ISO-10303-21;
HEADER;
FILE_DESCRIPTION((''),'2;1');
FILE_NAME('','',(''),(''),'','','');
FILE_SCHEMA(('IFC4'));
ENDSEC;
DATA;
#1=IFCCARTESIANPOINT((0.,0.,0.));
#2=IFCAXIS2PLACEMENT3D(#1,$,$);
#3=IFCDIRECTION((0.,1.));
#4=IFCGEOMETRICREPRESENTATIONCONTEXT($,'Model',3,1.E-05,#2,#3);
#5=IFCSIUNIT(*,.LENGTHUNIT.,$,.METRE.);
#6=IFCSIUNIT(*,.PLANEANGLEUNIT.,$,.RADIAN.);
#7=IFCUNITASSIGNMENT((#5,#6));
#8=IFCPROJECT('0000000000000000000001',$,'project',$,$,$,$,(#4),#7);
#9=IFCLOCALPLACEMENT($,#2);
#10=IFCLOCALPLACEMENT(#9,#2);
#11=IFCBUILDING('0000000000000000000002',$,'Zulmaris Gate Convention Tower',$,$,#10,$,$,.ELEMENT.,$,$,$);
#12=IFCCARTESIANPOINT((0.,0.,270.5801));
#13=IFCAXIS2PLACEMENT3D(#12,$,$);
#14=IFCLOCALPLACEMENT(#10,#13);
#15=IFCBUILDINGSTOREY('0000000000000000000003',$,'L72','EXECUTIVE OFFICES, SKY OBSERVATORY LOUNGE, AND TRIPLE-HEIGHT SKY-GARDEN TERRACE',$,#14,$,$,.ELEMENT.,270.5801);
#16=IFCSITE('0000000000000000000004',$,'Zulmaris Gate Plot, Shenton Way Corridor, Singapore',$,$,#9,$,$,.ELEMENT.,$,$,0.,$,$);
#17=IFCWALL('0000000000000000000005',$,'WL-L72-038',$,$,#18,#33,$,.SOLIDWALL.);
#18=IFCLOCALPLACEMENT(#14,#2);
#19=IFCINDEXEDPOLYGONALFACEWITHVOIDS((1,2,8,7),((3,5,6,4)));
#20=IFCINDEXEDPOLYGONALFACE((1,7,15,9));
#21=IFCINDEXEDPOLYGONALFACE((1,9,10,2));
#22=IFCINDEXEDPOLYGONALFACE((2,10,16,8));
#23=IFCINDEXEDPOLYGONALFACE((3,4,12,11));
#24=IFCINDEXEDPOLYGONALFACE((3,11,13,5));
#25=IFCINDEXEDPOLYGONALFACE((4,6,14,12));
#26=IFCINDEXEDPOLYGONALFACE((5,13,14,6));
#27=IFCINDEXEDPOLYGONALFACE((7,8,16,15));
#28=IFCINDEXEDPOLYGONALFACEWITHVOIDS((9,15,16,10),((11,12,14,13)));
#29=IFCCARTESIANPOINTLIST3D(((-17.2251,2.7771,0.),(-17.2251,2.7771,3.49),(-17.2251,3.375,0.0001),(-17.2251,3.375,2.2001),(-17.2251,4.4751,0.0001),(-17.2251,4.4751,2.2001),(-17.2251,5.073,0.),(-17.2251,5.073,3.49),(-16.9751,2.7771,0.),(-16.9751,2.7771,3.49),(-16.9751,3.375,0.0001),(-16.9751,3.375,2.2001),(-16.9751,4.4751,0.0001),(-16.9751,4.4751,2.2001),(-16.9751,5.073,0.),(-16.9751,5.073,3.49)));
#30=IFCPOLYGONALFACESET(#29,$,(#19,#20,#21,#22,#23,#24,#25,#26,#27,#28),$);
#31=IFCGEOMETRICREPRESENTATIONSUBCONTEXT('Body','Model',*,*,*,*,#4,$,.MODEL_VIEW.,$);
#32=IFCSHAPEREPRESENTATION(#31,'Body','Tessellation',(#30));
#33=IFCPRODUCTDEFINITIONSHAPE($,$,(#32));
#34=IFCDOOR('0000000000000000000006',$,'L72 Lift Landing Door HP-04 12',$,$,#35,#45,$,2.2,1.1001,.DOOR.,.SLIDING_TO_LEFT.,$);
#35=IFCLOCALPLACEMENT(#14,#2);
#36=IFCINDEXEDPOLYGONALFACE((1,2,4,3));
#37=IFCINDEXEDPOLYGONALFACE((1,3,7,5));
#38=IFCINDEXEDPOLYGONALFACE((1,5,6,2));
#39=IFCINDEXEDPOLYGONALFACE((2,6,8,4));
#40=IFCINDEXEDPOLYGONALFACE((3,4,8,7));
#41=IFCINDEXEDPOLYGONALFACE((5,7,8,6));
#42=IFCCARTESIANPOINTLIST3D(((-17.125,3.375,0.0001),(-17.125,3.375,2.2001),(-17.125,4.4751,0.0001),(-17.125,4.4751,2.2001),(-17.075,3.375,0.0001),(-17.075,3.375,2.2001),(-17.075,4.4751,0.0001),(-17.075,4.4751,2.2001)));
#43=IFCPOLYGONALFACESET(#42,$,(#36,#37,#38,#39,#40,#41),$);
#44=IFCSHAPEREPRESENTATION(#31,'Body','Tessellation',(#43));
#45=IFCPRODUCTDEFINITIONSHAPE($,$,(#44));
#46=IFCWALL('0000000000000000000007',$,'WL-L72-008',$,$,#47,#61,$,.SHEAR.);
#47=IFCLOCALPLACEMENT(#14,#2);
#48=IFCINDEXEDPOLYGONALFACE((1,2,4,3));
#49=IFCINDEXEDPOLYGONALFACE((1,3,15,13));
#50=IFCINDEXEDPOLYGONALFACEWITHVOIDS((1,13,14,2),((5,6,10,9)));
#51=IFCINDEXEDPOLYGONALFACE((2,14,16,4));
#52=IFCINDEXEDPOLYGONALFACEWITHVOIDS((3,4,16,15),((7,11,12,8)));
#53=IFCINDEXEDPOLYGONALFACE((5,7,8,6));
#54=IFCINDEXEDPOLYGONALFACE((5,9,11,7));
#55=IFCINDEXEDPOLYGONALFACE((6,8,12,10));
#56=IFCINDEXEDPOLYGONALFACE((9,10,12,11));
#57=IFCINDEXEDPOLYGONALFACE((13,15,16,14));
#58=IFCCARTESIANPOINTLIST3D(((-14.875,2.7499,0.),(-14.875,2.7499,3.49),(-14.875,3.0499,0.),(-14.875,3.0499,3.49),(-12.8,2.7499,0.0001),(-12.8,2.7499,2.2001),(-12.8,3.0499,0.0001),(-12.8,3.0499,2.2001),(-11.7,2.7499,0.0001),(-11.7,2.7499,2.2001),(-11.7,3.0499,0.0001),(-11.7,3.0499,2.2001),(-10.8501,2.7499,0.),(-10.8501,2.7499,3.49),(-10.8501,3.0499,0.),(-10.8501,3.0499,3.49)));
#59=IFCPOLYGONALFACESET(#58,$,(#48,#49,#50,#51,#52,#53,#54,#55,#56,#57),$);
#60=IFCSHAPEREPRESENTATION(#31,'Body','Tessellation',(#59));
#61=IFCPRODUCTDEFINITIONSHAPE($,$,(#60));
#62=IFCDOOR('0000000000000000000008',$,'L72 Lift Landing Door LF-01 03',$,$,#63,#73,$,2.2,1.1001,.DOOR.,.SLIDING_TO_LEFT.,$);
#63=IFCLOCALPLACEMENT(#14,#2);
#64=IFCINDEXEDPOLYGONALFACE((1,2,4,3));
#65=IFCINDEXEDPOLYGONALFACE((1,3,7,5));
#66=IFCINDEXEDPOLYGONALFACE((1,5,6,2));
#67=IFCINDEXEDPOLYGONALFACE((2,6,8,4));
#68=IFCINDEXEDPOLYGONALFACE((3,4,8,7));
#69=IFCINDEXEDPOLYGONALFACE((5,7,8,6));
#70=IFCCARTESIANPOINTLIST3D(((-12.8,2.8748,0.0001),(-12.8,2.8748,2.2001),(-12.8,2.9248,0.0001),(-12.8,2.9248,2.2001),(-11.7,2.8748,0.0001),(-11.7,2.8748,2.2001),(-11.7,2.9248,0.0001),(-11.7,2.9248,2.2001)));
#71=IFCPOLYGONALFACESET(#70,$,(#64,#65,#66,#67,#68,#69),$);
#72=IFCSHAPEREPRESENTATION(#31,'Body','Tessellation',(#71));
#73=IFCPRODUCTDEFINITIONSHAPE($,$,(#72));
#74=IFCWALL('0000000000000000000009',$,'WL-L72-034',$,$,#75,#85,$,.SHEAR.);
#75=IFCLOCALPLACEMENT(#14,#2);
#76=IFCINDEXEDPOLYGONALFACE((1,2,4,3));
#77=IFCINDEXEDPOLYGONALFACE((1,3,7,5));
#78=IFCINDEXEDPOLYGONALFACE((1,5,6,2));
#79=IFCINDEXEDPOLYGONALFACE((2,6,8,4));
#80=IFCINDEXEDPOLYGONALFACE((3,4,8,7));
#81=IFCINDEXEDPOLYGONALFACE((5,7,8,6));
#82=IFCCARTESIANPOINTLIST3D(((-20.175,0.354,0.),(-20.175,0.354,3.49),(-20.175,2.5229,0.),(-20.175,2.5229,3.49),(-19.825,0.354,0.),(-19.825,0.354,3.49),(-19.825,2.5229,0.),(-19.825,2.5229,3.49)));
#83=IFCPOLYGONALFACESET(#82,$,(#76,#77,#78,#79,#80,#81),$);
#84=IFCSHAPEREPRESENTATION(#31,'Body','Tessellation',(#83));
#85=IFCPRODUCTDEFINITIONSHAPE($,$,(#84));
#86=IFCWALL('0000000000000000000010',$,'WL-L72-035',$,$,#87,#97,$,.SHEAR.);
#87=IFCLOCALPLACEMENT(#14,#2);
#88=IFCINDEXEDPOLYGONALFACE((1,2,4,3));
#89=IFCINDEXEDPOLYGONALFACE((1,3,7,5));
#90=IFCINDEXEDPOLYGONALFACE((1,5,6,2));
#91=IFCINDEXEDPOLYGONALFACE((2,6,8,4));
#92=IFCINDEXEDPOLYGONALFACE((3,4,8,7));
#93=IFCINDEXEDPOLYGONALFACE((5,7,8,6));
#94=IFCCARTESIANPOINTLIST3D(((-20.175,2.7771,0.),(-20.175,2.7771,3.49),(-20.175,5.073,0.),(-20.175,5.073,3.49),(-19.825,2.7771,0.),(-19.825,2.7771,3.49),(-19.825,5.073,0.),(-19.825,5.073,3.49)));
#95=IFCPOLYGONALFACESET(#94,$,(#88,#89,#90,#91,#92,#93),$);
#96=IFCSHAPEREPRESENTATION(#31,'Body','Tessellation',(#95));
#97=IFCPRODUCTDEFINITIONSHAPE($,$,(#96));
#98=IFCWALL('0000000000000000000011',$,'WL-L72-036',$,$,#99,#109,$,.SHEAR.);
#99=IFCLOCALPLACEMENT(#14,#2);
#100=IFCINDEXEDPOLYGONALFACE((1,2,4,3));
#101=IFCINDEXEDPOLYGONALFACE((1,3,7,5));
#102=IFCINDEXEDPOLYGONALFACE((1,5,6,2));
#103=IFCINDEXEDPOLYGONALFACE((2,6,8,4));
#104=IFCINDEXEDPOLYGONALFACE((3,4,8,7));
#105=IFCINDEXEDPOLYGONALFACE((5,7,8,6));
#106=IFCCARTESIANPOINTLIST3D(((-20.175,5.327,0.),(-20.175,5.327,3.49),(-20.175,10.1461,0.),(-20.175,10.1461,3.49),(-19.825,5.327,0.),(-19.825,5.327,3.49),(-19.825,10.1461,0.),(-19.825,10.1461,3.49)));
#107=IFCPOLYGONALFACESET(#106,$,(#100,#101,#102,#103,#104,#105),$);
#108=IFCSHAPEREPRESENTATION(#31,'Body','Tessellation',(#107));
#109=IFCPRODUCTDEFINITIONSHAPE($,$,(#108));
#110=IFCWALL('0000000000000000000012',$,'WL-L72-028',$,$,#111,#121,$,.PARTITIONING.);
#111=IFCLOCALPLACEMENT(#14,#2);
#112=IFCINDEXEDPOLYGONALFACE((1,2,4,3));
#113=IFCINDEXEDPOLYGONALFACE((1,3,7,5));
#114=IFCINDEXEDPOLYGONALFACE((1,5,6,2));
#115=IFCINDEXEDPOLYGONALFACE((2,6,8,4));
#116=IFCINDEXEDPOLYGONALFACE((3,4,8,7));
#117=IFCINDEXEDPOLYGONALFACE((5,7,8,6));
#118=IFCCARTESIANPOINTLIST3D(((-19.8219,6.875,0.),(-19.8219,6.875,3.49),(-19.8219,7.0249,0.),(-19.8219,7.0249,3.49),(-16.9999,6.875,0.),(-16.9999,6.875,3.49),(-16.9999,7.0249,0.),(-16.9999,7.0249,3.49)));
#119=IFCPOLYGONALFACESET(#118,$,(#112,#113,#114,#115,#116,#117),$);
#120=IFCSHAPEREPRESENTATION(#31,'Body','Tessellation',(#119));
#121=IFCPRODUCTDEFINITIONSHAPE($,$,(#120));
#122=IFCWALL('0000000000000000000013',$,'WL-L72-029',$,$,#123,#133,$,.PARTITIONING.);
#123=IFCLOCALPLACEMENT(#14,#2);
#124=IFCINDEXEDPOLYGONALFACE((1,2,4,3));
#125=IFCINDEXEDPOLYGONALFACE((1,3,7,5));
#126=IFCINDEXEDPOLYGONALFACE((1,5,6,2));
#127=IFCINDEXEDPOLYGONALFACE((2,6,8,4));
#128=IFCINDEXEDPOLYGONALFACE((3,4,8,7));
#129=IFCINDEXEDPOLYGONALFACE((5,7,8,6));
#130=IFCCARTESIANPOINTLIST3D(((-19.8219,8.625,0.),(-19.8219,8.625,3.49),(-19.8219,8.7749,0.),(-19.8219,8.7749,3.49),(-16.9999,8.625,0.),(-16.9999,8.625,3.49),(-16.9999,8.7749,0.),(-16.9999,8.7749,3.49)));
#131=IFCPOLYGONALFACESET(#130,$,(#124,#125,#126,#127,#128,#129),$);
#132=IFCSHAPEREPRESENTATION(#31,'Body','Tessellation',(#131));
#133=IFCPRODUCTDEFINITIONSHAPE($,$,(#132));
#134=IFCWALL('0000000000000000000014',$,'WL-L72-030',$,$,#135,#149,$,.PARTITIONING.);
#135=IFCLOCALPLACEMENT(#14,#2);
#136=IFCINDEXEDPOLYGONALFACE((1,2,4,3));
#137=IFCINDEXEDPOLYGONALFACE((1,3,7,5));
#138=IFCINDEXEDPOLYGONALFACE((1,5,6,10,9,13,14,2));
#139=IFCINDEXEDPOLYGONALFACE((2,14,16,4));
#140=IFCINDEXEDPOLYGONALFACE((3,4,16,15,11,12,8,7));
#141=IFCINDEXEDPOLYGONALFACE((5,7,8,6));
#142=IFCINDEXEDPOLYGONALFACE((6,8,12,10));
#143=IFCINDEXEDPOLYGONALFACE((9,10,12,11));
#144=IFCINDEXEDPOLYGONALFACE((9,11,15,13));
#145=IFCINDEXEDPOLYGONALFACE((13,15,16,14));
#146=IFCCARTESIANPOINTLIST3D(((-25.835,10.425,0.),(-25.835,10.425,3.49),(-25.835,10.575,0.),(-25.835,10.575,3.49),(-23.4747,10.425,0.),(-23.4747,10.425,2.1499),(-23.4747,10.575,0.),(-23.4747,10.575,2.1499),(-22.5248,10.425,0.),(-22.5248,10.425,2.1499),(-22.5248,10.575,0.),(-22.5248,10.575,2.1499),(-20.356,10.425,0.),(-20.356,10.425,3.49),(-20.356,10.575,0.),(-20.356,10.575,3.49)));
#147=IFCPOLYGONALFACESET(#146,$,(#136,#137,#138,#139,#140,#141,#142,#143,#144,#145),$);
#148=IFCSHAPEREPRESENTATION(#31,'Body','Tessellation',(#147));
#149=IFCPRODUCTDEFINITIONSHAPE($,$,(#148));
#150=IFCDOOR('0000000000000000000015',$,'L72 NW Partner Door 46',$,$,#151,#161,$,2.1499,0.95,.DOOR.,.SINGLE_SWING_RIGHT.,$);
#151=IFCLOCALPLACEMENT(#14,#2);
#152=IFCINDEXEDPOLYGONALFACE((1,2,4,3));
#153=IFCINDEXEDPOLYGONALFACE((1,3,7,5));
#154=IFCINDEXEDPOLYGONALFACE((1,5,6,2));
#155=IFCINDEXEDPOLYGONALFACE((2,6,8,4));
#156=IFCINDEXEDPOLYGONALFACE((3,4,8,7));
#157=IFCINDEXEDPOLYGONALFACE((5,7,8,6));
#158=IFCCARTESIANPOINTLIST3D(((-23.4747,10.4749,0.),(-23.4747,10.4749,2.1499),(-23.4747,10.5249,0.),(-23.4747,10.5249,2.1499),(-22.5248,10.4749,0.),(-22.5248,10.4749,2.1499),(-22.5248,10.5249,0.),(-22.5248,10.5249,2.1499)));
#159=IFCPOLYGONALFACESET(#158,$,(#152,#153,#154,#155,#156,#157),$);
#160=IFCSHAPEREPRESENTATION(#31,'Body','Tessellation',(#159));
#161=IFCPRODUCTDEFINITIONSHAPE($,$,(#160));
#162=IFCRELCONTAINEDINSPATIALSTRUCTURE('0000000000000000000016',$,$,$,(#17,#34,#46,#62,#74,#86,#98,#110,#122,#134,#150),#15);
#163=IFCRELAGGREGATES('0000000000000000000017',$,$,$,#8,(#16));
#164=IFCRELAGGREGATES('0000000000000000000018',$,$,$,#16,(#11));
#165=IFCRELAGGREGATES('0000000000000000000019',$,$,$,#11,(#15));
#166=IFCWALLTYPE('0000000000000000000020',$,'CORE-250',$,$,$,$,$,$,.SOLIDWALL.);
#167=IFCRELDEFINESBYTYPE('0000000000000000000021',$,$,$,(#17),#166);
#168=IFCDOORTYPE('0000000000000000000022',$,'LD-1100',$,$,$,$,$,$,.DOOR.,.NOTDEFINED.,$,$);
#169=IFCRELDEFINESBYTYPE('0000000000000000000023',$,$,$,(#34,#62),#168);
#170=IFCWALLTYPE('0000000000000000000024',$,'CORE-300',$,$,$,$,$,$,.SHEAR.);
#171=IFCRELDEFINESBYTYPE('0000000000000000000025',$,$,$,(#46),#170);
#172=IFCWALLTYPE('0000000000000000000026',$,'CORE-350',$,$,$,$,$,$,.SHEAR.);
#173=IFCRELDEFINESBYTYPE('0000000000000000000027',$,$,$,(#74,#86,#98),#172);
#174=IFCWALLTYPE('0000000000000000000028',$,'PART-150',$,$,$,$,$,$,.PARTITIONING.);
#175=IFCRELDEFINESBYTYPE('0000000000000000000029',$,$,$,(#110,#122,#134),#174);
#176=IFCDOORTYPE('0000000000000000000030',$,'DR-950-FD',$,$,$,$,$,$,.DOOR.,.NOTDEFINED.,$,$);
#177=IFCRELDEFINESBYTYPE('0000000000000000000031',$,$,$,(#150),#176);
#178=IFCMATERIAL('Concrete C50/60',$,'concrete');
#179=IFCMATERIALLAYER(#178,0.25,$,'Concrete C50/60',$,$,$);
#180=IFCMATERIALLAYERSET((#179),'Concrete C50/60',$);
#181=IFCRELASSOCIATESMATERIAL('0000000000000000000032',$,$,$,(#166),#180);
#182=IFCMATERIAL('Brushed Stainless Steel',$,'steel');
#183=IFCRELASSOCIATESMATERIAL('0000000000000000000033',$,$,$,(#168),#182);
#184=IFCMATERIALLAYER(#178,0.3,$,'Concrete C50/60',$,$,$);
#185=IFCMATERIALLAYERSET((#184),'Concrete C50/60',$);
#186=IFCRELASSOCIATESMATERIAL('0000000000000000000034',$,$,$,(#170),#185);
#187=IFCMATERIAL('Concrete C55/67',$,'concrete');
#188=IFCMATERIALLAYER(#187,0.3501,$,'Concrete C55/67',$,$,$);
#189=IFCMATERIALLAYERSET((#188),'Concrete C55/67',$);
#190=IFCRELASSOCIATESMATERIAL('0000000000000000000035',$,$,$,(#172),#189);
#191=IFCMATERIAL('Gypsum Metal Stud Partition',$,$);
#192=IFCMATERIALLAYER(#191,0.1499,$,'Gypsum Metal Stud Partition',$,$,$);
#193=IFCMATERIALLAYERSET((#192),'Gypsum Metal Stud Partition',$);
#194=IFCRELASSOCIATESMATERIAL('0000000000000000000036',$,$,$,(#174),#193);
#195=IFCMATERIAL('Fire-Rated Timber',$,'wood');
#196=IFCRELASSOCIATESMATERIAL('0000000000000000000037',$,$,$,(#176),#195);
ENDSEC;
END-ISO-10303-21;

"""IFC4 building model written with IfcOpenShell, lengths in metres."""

from ifc_helpers import new_model, si_unit, direction, frame, frame_2d, origin, place, context, subcontext, project, spatial, rectangle, extrude, material, layer, layer_set, type_object, element, fill, save


model = new_model("IFC4")

# Units and contexts
model_context = context("Model", 3, precision=1e-05, world=origin(), true_north=direction((0.0, 1.0)))
body_context = subcontext(model_context, "Body", "Model", "MODEL_VIEW")
ifc_project = project(units=[si_unit("LENGTHUNIT", "METRE"), si_unit("PLANEANGLEUNIT", "RADIAN")], contexts=[model_context])

# Site, building, storey
site_placement = place(None, origin())
site = spatial("IfcSite", under=ifc_project, at=site_placement, Name="Zulmaris Gate Plot, Shenton Way Corridor, Singapore", CompositionType="ELEMENT", RefElevation=0.0)
building_placement = place(site_placement, origin())
building = spatial("IfcBuilding", under=site, at=building_placement, Name="Zulmaris Gate Convention Tower", CompositionType="ELEMENT")
storey_placement = place(building_placement, frame((0.0, 0.0, 270.5801)))
storey = spatial("IfcBuildingStorey", under=building, at=storey_placement, Name="L72", Description="EXECUTIVE OFFICES, SKY OBSERVATORY LOUNGE, AND TRIPLE-HEIGHT SKY-GARDEN TERRACE", CompositionType="ELEMENT", Elevation=270.5801)

# Shared definitions
ifc_material_1 = material(Name="Concrete C50/60", Category="concrete")
ifc_layer_1 = layer(ifc_material_1, 0.25, Name="Concrete C50/60")
ifc_layer_set_1 = layer_set([ifc_layer_1], Name="Concrete C50/60")
wall_type_1 = type_object("IfcWallType", Name="CORE-250", PredefinedType="SOLIDWALL", material=ifc_layer_set_1)

# Walls, openings, doors
wall_1_placement = place(storey_placement, frame((-17.1001, 2.7771, 0.0), z_axis=(0.0, 0.0, 1.0), x_axis=(0.0, 1.0, 0.0)))
wall_1 = element("IfcWall", 1, at=wall_1_placement, inside=storey, type_object=wall_type_1, Name="WL-L72-038", PredefinedType="SOLIDWALL", context=body_context, shape_type="SweptSolid", body=[
    extrude(rectangle(XDim=2.2959, YDim=0.25, at=frame_2d((1.1479, 0.0))), origin(), (0.0, 0.0, 1.0), 3.49),
])
opening_1_placement = place(wall_1_placement, frame((0.5979, 0.0, 0.0)))
opening_1 = element("IfcOpeningElement", 2, at=opening_1_placement, cuts=wall_1, PredefinedType="OPENING", context=body_context, shape_type="SweptSolid", body=[
    extrude(rectangle(XDim=1.1001, YDim=2.2, at=frame_2d((0.55, 1.1001))), frame((0.0, 0.135, 0.0), z_axis=(0.0, -1.0, 0.0), x_axis=(1.0, 0.0, 0.0)), (0.0, 0.0, 1.0), 0.27),
])
ifc_material_2 = material(Name="Brushed Stainless Steel", Category="steel")
door_type_1 = type_object("IfcDoorType", Name="LD-1100", OperationType="NOTDEFINED", PredefinedType="DOOR", material=ifc_material_2)
door_1_placement = place(opening_1_placement, origin())
door_1 = element("IfcDoor", 3, at=door_1_placement, inside=storey, type_object=door_type_1, Name="L72 Lift Landing Door HP-04 12", OperationType="SLIDING_TO_LEFT", OverallHeight=2.2, OverallWidth=1.1001, PredefinedType="DOOR", context=body_context, shape_type="SweptSolid", body=[
    extrude(rectangle(XDim=1.1001, YDim=2.2, at=frame_2d((0.55, 1.1001))), frame((0.0, 0.0249, 0.0), z_axis=(0.0, -1.0, 0.0), x_axis=(1.0, 0.0, 0.0)), (0.0, 0.0, 1.0), 0.05),
])
fill(opening_1, door_1)
ifc_layer_2 = layer(ifc_material_1, 0.3, Name="Concrete C50/60")
ifc_layer_set_2 = layer_set([ifc_layer_2], Name="Concrete C50/60")
wall_type_2 = type_object("IfcWallType", Name="CORE-300", PredefinedType="SHEAR", material=ifc_layer_set_2)
wall_2_placement = place(storey_placement, frame((-14.875, 2.8999, 0.0), z_axis=(0.0, 0.0, 1.0), x_axis=(1.0, 0.0, 0.0)))
wall_2 = element("IfcWall", 4, at=wall_2_placement, inside=storey, type_object=wall_type_2, Name="WL-L72-008", PredefinedType="SHEAR", context=body_context, shape_type="SweptSolid", body=[
    extrude(rectangle(XDim=4.0249, YDim=0.3, at=frame_2d((2.0125, 0.0))), origin(), (0.0, 0.0, 1.0), 3.49),
])
opening_2_placement = place(wall_2_placement, frame((2.075, 0.0, 0.0)))
opening_2 = element("IfcOpeningElement", 5, at=opening_2_placement, cuts=wall_2, PredefinedType="OPENING", context=body_context, shape_type="SweptSolid", body=[
    extrude(rectangle(XDim=1.1001, YDim=2.2, at=frame_2d((0.55, 1.1001))), frame((0.0, 0.1602, 0.0), z_axis=(0.0, -1.0, 0.0), x_axis=(1.0, 0.0, 0.0)), (0.0, 0.0, 1.0), 0.3201),
])
door_2_placement = place(opening_2_placement, origin())
door_2 = element("IfcDoor", 6, at=door_2_placement, inside=storey, type_object=door_type_1, Name="L72 Lift Landing Door LF-01 03", OperationType="SLIDING_TO_LEFT", OverallHeight=2.2, OverallWidth=1.1001, PredefinedType="DOOR", context=body_context, shape_type="SweptSolid", body=[
    extrude(rectangle(XDim=1.1001, YDim=2.2, at=frame_2d((0.55, 1.1001))), frame((0.0, 0.0249, 0.0), z_axis=(0.0, -1.0, 0.0), x_axis=(1.0, 0.0, 0.0)), (0.0, 0.0, 1.0), 0.05),
])
fill(opening_2, door_2)

# Walls
ifc_material_3 = material(Name="Concrete C55/67", Category="concrete")
ifc_layer_3 = layer(ifc_material_3, 0.3501, Name="Concrete C55/67")
ifc_layer_set_3 = layer_set([ifc_layer_3], Name="Concrete C55/67")
wall_type_3 = type_object("IfcWallType", Name="CORE-350", PredefinedType="SHEAR", material=ifc_layer_set_3)
wall_3_placement = place(storey_placement, frame((-20.0, 0.354, 0.0), z_axis=(0.0, 0.0, 1.0), x_axis=(0.0, 1.0, 0.0)))
element("IfcWall", 7, at=wall_3_placement, inside=storey, type_object=wall_type_3, Name="WL-L72-034", PredefinedType="SHEAR", context=body_context, shape_type="SweptSolid", body=[
    extrude(rectangle(XDim=2.1689, YDim=0.3501, at=frame_2d((1.0845, 0.0))), origin(), (0.0, 0.0, 1.0), 3.49),
])
wall_4_placement = place(storey_placement, frame((-20.0, 2.7771, 0.0), z_axis=(0.0, 0.0, 1.0), x_axis=(0.0, 1.0, 0.0)))
element("IfcWall", 8, at=wall_4_placement, inside=storey, type_object=wall_type_3, Name="WL-L72-035", PredefinedType="SHEAR", context=body_context, shape_type="SweptSolid", body=[
    extrude(rectangle(XDim=2.2959, YDim=0.3501, at=frame_2d((1.1479, 0.0))), origin(), (0.0, 0.0, 1.0), 3.49),
])
wall_5_placement = place(storey_placement, frame((-20.0, 5.3269, 0.0), z_axis=(0.0, 0.0, 1.0), x_axis=(0.0, 1.0, 0.0)))
element("IfcWall", 9, at=wall_5_placement, inside=storey, type_object=wall_type_3, Name="WL-L72-036", PredefinedType="SHEAR", context=body_context, shape_type="SweptSolid", body=[
    extrude(rectangle(XDim=4.8191, YDim=0.3501, at=frame_2d((2.4097, 0.0))), origin(), (0.0, 0.0, 1.0), 3.49),
])
ifc_material_4 = material(Name="Gypsum Metal Stud Partition")
ifc_layer_4 = layer(ifc_material_4, 0.1499, Name="Gypsum Metal Stud Partition")
ifc_layer_set_4 = layer_set([ifc_layer_4], Name="Gypsum Metal Stud Partition")
wall_type_4 = type_object("IfcWallType", Name="PART-150", PredefinedType="PARTITIONING", material=ifc_layer_set_4)
for number, where, z_axis, x_axis, name in (
    (10, (-19.822, 6.95, 0.0), (0.0, 0.0, 1.0), (1.0, 0.0, 0.0), "WL-L72-028"),
    (11, (-19.822, 8.7, 0.0), (0.0, 0.0, 1.0), (1.0, 0.0, 0.0), "WL-L72-029"),
):
    element("IfcWall", number, at=place(storey_placement, frame(where, z_axis=z_axis, x_axis=x_axis)), inside=storey, type_object=wall_type_4, Name=name, PredefinedType="PARTITIONING", context=body_context, shape_type="SweptSolid", body=[
        extrude(rectangle(XDim=2.822, YDim=0.1499, at=frame_2d((1.4111, 0.0))), origin(), (0.0, 0.0, 1.0), 3.49),
    ])

# Wall, opening, door
wall_6_placement = place(storey_placement, frame((-25.835, 10.5, 0.0), z_axis=(0.0, 0.0, 1.0), x_axis=(1.0, 0.0, 0.0)))
wall_6 = element("IfcWall", 12, at=wall_6_placement, inside=storey, type_object=wall_type_4, Name="WL-L72-030", PredefinedType="PARTITIONING", context=body_context, shape_type="SweptSolid", body=[
    extrude(rectangle(XDim=5.479, YDim=0.1499, at=frame_2d((2.7395, 0.0))), origin(), (0.0, 0.0, 1.0), 3.49),
])
opening_3_placement = place(wall_6_placement, frame((2.3601, 0.0, 0.0)))
opening_3 = element("IfcOpeningElement", 13, at=opening_3_placement, cuts=wall_6, PredefinedType="OPENING", context=body_context, shape_type="SweptSolid", body=[
    extrude(rectangle(XDim=0.95, YDim=2.1499, at=frame_2d((0.4751, 1.075))), frame((0.0, 0.085, 0.0), z_axis=(0.0, -1.0, 0.0), x_axis=(1.0, 0.0, 0.0)), (0.0, 0.0, 1.0), 0.1699),
])
ifc_material_5 = material(Name="Fire-Rated Timber", Category="wood")
door_type_2 = type_object("IfcDoorType", Name="DR-950-FD", OperationType="NOTDEFINED", PredefinedType="DOOR", material=ifc_material_5)
door_3_placement = place(opening_3_placement, origin())
door_3 = element("IfcDoor", 14, at=door_3_placement, inside=storey, type_object=door_type_2, Name="L72 NW Partner Door 46", OperationType="SINGLE_SWING_RIGHT", OverallHeight=2.1499, OverallWidth=0.95, PredefinedType="DOOR", context=body_context, shape_type="SweptSolid", body=[
    extrude(rectangle(XDim=0.95, YDim=2.1499, at=frame_2d((0.4751, 1.075))), frame((0.0, 0.0249, 0.0), z_axis=(0.0, -1.0, 0.0), x_axis=(1.0, 0.0, 0.0)), (0.0, 0.0, 1.0), 0.05),
])
fill(opening_3, door_3)

save(model, "model.ifc")
